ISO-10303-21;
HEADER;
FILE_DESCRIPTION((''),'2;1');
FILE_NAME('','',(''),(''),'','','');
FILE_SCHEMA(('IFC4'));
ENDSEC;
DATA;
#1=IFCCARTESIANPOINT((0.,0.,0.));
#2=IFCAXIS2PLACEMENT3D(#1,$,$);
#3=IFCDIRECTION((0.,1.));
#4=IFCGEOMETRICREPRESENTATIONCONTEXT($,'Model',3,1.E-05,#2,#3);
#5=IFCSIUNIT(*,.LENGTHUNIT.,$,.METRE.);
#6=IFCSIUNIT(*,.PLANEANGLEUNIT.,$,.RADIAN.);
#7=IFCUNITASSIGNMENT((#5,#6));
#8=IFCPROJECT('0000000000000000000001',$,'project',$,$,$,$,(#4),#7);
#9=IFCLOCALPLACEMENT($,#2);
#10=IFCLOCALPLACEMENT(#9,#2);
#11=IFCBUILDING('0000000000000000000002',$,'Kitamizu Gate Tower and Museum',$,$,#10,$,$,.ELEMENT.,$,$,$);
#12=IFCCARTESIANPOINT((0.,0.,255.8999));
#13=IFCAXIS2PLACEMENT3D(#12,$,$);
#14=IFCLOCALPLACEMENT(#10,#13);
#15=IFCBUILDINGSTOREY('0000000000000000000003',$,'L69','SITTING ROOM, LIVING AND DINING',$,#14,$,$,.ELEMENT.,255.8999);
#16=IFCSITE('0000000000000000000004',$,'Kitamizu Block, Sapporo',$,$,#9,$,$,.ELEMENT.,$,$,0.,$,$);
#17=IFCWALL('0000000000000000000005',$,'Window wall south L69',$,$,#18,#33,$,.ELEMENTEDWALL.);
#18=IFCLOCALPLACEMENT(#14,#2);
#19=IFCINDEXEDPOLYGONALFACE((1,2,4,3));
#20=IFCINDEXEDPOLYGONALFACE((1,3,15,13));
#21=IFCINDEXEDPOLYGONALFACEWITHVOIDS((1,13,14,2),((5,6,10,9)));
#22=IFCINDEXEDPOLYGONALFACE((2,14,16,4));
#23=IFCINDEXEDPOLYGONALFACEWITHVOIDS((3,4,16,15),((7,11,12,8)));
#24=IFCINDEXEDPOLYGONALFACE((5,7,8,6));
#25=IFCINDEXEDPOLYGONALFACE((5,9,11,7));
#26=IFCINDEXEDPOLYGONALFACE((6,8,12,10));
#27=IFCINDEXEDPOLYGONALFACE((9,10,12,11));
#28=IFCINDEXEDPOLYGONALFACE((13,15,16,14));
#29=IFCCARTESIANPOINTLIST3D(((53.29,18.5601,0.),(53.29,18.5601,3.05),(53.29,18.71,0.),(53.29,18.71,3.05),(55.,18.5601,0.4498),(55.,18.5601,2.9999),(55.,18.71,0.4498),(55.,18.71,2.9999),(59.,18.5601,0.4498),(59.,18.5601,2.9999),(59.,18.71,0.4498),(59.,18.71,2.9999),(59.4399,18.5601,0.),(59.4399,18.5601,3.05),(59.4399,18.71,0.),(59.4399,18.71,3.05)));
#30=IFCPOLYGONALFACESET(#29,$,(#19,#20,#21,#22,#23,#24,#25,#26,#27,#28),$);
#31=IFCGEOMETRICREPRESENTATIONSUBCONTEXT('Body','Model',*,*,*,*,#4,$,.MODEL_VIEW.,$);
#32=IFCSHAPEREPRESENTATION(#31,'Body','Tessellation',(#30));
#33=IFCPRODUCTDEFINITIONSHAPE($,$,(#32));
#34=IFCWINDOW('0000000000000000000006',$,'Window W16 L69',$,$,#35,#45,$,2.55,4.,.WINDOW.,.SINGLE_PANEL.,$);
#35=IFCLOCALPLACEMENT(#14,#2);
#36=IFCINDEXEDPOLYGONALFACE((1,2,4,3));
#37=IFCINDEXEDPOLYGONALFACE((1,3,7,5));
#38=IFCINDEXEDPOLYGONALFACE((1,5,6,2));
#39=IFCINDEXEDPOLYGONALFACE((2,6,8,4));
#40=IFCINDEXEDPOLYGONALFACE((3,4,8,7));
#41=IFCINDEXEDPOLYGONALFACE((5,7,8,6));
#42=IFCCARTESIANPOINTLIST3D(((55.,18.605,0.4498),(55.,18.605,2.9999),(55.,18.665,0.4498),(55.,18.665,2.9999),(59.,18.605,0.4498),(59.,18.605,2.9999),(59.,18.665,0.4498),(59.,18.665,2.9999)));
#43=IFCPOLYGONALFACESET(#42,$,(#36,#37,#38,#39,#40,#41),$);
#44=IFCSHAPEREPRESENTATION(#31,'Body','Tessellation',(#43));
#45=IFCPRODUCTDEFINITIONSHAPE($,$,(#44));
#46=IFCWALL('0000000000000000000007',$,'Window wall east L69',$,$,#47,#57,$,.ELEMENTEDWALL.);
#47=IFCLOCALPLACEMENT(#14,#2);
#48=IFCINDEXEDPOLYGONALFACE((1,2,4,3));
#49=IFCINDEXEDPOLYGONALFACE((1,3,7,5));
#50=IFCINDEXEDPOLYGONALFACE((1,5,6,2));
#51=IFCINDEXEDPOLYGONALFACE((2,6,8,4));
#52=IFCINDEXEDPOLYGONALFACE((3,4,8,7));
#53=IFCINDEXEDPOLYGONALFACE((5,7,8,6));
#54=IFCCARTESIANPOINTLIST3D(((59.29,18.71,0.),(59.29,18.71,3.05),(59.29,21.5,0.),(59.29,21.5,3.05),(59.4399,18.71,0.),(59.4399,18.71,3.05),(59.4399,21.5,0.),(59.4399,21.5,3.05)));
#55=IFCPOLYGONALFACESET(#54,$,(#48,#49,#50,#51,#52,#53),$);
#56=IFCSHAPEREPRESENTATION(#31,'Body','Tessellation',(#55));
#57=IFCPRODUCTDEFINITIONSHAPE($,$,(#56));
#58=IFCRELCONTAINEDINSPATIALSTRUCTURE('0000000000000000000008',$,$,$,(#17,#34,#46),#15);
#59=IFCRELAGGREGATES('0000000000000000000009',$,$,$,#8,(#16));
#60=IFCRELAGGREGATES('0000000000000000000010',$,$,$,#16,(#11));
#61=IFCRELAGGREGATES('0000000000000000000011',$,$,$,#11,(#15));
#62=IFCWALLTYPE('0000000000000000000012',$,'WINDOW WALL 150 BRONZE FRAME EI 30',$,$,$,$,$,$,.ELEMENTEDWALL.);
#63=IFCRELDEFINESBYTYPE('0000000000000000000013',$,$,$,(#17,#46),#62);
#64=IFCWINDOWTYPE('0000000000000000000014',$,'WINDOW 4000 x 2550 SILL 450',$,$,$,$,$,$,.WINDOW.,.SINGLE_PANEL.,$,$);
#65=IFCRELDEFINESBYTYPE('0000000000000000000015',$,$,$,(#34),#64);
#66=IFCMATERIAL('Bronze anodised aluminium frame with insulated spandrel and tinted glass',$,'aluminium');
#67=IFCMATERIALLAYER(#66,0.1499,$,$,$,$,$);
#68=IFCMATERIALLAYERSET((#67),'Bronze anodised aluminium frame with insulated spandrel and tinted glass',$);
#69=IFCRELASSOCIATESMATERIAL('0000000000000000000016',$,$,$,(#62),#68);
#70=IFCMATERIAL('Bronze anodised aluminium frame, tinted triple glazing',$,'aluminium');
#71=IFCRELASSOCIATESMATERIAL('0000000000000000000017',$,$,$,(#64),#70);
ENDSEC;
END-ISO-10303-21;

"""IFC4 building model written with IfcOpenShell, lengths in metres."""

from ifc_helpers import new_model, si_unit, direction, frame, frame_2d, origin, place, context, subcontext, project, spatial, rectangle, extrude, material, layer, layer_set, type_object, element, fill, save


model = new_model("IFC4")

# Units and contexts
model_context = context("Model", 3, precision=1e-05, world=origin(), true_north=direction((0.0, 1.0)))
body_context = subcontext(model_context, "Body", "Model", "MODEL_VIEW")
ifc_project = project(units=[si_unit("LENGTHUNIT", "METRE"), si_unit("PLANEANGLEUNIT", "RADIAN")], contexts=[model_context])

# Site, building, storey
site_placement = place(None, origin())
site = spatial("IfcSite", under=ifc_project, at=site_placement, Name="Kitamizu Block, Sapporo", CompositionType="ELEMENT", RefElevation=0.0)
building_placement = place(site_placement, origin())
building = spatial("IfcBuilding", under=site, at=building_placement, Name="Kitamizu Gate Tower and Museum", CompositionType="ELEMENT")
storey_placement = place(building_placement, frame((0.0, 0.0, 255.8999)))
storey = spatial("IfcBuildingStorey", under=building, at=storey_placement, Name="L69", Description="SITTING ROOM, LIVING AND DINING", CompositionType="ELEMENT", Elevation=255.8999)

# Wall, opening, window
ifc_material_1 = material(Name="Bronze anodised aluminium frame with insulated spandrel and tinted glass", Category="aluminium")
ifc_layer_1 = layer(ifc_material_1, 0.1499)
ifc_layer_set_1 = layer_set([ifc_layer_1], Name="Bronze anodised aluminium frame with insulated spandrel and tinted glass")
wall_type_1 = type_object("IfcWallType", Name="WINDOW WALL 150 BRONZE FRAME EI 30", PredefinedType="ELEMENTEDWALL", material=ifc_layer_set_1)
ifc_material_2 = material(Name="Bronze anodised aluminium frame, tinted triple glazing", Category="aluminium")
window_type = type_object("IfcWindowType", Name="WINDOW 4000 x 2550 SILL 450", PartitioningType="SINGLE_PANEL", PredefinedType="WINDOW", material=ifc_material_2)
wall_1_placement = place(storey_placement, frame((53.29, 18.635, 0.0), z_axis=(0.0, 0.0, 1.0), x_axis=(1.0, 0.0, 0.0)))
wall_1 = element("IfcWall", 1, at=wall_1_placement, inside=storey, type_object=wall_type_1, Name="Window wall south L69", PredefinedType="ELEMENTEDWALL", context=body_context, shape_type="SweptSolid", body=[
    extrude(rectangle(XDim=6.1499, YDim=0.1499, at=frame_2d((3.075, 0.0))), origin(), (0.0, 0.0, 1.0), 3.05),
])
opening_1_placement = place(wall_1_placement, frame((1.71, 0.0, 0.45)))
opening_1 = element("IfcOpeningElement", 2, at=opening_1_placement, cuts=wall_1, PredefinedType="OPENING", context=body_context, shape_type="SweptSolid", body=[
    extrude(rectangle(XDim=4.0, YDim=2.55, at=frame_2d((2.0, 1.2749))), frame((0.0, 0.085, 0.0), z_axis=(0.0, -1.0, 0.0), x_axis=(1.0, 0.0, 0.0)), (0.0, 0.0, 1.0), 0.1699),
])
window_1_placement = place(opening_1_placement, origin())
window_1 = element("IfcWindow", 3, at=window_1_placement, inside=storey, type_object=window_type, Name="Window W16 L69", OverallHeight=2.55, OverallWidth=4.0, PartitioningType="SINGLE_PANEL", PredefinedType="WINDOW", context=body_context, shape_type="SweptSolid", body=[
    extrude(rectangle(XDim=4.0, YDim=2.55, at=frame_2d((2.0, 1.2749))), frame((0.0, 0.03, 0.0), z_axis=(0.0, -1.0, 0.0), x_axis=(1.0, 0.0, 0.0)), (0.0, 0.0, 1.0), 0.0601),
])
fill(opening_1, window_1)

# Wall
wall_2_placement = place(storey_placement, frame((59.365, 18.71, 0.0), z_axis=(0.0, 0.0, 1.0), x_axis=(0.0, 1.0, 0.0)))
element("IfcWall", 4, at=wall_2_placement, inside=storey, type_object=wall_type_1, Name="Window wall east L69", PredefinedType="ELEMENTEDWALL", context=body_context, shape_type="SweptSolid", body=[
    extrude(rectangle(XDim=2.79, YDim=0.1499, at=frame_2d((1.395, 0.0))), origin(), (0.0, 0.0, 1.0), 3.05),
])

save(model, "model.ifc")
